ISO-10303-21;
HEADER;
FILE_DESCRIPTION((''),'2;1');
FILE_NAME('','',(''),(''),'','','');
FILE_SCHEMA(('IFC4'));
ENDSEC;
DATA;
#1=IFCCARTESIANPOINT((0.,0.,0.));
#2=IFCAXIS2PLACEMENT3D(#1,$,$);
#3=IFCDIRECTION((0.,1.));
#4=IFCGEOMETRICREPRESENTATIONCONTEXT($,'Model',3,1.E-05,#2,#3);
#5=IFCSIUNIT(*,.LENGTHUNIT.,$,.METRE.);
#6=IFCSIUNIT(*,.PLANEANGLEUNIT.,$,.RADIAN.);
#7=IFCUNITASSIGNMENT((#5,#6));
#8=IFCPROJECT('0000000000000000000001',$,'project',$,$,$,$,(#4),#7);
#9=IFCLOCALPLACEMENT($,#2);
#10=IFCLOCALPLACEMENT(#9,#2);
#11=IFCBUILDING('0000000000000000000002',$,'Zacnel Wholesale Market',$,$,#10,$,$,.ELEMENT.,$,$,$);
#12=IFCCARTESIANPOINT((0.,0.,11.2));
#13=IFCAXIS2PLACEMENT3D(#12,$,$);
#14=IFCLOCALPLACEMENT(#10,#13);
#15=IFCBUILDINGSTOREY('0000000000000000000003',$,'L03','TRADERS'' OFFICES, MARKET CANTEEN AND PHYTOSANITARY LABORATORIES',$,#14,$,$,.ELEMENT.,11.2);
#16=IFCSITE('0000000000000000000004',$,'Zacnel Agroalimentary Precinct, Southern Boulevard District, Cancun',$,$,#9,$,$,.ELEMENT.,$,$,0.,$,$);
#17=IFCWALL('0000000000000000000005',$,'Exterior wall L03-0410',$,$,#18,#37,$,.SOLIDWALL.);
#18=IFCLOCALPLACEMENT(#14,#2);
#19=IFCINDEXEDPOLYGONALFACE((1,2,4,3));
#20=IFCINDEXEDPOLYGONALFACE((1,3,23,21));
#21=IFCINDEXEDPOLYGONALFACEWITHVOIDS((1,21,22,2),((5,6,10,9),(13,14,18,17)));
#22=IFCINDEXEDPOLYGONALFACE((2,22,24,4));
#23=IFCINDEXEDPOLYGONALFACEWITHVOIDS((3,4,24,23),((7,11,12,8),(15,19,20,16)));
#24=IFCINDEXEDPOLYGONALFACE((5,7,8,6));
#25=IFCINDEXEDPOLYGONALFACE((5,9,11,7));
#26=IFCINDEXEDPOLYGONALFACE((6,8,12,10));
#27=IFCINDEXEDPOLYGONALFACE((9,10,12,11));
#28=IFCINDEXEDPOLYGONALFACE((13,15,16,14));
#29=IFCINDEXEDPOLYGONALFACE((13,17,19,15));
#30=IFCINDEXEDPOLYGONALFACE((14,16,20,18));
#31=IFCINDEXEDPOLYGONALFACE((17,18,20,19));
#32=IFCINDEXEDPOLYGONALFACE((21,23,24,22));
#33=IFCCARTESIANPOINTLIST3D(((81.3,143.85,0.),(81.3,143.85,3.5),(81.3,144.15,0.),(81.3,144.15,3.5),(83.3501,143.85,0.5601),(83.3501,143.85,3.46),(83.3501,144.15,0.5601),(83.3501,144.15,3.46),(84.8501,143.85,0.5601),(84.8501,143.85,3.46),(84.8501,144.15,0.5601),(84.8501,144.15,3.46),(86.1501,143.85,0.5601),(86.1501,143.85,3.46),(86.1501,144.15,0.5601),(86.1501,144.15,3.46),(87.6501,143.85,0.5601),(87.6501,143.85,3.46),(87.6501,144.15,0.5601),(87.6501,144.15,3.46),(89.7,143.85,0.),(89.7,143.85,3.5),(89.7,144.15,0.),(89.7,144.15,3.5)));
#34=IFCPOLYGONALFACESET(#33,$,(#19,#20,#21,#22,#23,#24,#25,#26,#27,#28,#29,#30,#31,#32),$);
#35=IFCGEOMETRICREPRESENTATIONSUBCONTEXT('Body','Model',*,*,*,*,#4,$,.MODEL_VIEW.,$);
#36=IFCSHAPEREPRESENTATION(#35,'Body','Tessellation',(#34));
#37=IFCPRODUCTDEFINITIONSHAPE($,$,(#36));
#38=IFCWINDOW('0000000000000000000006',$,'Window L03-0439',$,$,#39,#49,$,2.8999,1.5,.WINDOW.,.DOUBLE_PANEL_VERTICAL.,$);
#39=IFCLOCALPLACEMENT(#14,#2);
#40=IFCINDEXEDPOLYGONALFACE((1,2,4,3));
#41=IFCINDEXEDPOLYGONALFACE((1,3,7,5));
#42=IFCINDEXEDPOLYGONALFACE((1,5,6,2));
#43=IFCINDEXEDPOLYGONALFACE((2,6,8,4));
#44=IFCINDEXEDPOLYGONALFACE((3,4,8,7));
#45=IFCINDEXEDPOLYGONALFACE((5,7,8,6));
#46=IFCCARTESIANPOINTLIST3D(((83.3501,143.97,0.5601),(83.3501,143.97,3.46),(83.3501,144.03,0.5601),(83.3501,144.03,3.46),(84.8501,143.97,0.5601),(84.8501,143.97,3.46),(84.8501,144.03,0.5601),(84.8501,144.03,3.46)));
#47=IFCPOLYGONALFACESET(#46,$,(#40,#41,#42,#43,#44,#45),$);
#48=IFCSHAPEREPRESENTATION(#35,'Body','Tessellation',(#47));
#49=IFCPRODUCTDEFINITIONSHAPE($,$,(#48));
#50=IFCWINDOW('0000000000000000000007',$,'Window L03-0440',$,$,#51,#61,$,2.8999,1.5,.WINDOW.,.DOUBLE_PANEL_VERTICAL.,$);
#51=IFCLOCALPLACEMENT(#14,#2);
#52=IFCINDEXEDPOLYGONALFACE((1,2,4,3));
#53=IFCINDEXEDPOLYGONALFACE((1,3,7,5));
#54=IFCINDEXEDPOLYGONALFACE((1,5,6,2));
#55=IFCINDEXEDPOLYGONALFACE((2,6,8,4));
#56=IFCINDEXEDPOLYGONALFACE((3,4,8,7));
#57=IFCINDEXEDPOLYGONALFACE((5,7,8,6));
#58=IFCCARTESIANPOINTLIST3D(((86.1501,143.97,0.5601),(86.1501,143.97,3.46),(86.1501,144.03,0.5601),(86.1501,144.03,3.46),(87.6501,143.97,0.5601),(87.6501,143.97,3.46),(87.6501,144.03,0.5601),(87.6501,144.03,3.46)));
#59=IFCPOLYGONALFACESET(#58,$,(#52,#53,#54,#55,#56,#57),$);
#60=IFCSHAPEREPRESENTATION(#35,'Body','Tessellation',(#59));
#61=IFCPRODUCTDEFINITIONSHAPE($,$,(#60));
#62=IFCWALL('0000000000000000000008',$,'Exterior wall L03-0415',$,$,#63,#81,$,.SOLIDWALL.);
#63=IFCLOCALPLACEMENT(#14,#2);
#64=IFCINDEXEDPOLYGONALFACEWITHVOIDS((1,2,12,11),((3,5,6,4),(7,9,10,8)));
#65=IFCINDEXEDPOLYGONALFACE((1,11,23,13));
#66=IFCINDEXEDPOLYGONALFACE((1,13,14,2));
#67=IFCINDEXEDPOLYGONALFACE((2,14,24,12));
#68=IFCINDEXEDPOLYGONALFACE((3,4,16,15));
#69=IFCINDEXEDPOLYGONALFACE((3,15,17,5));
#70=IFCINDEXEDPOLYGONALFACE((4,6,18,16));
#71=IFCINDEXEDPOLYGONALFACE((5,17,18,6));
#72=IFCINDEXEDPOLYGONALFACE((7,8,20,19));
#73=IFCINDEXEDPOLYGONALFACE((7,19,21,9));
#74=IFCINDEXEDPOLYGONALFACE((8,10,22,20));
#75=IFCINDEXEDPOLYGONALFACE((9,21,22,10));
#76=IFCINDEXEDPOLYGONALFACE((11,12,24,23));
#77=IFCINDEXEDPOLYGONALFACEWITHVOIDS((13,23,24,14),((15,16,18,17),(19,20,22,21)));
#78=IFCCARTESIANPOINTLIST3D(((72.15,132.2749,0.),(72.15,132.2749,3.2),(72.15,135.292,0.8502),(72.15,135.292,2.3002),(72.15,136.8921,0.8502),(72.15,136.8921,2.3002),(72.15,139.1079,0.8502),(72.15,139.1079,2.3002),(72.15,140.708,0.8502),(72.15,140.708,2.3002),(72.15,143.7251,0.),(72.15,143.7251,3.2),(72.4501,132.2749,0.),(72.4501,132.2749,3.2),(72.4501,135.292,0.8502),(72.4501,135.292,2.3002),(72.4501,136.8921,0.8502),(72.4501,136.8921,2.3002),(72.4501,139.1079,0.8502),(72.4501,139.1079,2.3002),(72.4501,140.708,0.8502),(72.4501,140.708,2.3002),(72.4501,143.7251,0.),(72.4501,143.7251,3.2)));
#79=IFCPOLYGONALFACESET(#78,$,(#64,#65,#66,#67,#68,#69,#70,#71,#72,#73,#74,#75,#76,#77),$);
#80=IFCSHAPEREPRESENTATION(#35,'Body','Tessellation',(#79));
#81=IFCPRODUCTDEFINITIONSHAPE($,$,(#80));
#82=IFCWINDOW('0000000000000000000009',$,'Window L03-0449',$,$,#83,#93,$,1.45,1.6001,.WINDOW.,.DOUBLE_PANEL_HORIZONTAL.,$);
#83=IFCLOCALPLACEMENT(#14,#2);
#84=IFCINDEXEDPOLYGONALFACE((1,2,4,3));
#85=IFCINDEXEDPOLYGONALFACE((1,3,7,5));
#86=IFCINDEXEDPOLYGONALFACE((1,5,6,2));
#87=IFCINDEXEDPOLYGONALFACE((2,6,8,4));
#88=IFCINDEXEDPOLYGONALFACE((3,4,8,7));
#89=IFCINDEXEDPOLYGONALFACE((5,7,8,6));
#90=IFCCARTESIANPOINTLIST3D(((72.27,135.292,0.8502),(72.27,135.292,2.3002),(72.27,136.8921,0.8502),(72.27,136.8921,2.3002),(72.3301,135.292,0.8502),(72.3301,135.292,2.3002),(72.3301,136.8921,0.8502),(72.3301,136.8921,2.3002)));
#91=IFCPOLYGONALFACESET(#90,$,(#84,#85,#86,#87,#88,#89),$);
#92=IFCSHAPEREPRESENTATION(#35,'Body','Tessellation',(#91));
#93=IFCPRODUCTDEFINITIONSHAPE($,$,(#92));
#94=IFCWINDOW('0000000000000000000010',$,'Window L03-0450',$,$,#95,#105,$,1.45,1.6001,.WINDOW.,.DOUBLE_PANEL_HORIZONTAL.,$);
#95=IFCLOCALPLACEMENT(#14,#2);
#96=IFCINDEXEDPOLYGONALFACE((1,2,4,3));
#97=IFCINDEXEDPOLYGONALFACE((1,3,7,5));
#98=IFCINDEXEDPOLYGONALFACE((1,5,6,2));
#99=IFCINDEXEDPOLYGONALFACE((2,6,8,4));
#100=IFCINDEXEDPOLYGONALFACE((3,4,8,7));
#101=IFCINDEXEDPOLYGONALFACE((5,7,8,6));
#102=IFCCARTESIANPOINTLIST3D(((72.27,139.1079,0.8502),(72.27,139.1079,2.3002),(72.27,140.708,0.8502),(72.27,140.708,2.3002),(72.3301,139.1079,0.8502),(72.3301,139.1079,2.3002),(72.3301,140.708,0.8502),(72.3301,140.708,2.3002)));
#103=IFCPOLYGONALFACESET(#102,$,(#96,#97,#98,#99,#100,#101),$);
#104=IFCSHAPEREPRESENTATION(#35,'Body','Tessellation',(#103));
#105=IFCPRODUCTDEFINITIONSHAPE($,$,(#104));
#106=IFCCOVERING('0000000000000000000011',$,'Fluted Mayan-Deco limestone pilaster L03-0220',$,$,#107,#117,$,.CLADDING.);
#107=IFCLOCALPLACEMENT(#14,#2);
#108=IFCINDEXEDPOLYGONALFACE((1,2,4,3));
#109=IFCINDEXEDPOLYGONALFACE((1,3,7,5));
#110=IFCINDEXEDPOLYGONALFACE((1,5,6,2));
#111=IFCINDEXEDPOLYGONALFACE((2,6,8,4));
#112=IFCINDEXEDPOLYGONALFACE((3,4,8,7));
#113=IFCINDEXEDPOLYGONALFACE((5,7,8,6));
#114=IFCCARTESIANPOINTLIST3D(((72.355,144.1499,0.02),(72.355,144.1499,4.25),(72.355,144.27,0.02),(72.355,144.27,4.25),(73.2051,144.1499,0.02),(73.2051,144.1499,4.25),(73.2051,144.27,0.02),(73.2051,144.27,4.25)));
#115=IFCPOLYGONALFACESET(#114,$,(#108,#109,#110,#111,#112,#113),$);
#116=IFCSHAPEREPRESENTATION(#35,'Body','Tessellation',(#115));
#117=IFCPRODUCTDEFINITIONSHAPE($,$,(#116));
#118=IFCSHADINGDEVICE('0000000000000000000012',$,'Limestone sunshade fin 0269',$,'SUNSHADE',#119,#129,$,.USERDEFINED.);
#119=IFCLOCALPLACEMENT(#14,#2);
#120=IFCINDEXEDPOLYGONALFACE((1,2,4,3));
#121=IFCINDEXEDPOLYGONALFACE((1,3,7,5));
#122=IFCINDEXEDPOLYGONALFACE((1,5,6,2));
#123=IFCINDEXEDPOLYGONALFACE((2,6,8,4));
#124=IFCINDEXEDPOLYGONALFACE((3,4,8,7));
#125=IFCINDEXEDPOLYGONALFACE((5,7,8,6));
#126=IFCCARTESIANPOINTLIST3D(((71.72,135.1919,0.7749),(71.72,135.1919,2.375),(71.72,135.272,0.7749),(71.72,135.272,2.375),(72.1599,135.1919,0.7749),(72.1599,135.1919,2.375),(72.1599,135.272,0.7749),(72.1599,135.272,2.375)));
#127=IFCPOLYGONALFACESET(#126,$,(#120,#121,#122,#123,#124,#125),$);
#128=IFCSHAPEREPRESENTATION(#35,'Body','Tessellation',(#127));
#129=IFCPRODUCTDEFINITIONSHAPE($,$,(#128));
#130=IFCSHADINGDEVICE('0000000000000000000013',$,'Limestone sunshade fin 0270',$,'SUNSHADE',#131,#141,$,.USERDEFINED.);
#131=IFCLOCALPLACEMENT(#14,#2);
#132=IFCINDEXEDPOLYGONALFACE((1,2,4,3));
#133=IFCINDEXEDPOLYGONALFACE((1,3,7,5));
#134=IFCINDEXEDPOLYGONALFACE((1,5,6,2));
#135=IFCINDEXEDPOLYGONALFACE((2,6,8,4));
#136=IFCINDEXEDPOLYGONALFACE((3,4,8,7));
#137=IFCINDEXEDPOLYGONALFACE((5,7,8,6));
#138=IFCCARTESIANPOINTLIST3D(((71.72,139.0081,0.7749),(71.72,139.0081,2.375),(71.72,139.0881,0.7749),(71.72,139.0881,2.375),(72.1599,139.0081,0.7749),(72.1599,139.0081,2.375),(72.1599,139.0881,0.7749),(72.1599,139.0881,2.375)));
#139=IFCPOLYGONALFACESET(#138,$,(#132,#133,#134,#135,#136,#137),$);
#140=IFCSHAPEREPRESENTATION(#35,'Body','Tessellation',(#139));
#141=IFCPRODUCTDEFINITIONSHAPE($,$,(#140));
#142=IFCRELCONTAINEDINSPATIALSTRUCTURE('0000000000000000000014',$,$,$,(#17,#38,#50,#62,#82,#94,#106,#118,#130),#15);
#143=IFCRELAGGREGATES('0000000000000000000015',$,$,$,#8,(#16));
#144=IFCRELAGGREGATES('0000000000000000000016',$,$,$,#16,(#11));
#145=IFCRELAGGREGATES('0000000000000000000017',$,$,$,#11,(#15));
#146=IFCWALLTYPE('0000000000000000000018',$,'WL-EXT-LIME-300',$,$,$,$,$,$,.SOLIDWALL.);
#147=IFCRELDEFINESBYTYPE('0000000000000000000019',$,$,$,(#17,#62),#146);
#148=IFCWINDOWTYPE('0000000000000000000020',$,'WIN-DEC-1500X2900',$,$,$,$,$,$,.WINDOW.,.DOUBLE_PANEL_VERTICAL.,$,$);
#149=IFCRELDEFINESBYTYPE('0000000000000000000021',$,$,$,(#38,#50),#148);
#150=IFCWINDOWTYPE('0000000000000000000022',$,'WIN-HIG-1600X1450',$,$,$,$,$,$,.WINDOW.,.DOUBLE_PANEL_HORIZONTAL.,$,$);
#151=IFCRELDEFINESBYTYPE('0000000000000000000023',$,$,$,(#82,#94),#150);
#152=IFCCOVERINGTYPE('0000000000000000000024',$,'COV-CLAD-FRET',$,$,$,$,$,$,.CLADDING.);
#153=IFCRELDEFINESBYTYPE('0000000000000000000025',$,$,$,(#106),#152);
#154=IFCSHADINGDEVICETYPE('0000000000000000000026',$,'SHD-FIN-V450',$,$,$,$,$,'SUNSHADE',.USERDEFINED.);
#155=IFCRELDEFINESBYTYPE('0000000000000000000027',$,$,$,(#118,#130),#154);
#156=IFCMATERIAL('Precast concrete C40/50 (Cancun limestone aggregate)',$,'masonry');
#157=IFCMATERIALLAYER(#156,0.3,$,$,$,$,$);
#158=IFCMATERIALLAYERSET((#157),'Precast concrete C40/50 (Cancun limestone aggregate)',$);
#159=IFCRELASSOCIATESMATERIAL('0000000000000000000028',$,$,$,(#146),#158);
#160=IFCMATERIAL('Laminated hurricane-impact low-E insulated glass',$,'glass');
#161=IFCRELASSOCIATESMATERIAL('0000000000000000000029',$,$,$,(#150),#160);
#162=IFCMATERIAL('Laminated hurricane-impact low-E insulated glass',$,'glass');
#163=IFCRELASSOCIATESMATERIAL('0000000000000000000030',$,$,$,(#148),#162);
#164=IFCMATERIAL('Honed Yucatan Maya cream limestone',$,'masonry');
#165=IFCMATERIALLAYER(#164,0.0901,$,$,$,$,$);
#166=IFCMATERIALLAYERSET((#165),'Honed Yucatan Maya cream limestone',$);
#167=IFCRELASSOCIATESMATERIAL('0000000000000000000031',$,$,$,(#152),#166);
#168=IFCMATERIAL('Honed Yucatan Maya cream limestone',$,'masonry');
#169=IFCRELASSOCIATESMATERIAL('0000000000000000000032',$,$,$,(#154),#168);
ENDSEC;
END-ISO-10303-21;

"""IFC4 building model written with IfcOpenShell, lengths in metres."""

from ifc_helpers import new_model, si_unit, direction, frame, frame_2d, origin, origin_2d, place, context, subcontext, project, spatial, rectangle, extrude, material, layer, layer_set, type_object, element, fill, save


model = new_model("IFC4")

# Units and contexts
model_context = context("Model", 3, precision=1e-05, world=origin(), true_north=direction((0.0, 1.0)))
body_context = subcontext(model_context, "Body", "Model", "MODEL_VIEW")
ifc_project = project(units=[si_unit("LENGTHUNIT", "METRE"), si_unit("PLANEANGLEUNIT", "RADIAN")], contexts=[model_context])

# Site, building, storey
site_placement = place(None, origin())
site = spatial("IfcSite", under=ifc_project, at=site_placement, Name="Zacnel Agroalimentary Precinct, Southern Boulevard District, Cancun", CompositionType="ELEMENT", RefElevation=0.0)
building_placement = place(site_placement, origin())
building = spatial("IfcBuilding", under=site, at=building_placement, Name="Zacnel Wholesale Market", CompositionType="ELEMENT")
storey_placement = place(building_placement, frame((0.0, 0.0, 11.2)))
storey = spatial("IfcBuildingStorey", under=building, at=storey_placement, Name="L03", Description="TRADERS' OFFICES, MARKET CANTEEN AND PHYTOSANITARY LABORATORIES", CompositionType="ELEMENT", Elevation=11.2)

# Walls, openings, windows
ifc_material_1 = material(Name="Precast concrete C40/50 (Cancun limestone aggregate)", Category="masonry")
ifc_layer_1 = layer(ifc_material_1, 0.3)
ifc_layer_set_1 = layer_set([ifc_layer_1], Name="Precast concrete C40/50 (Cancun limestone aggregate)")
wall_type = type_object("IfcWallType", Name="WL-EXT-LIME-300", PredefinedType="SOLIDWALL", material=ifc_layer_set_1)
ifc_material_2 = material(Name="Laminated hurricane-impact low-E insulated glass", Category="glass")
window_type_1 = type_object("IfcWindowType", Name="WIN-HIG-1600X1450", PartitioningType="DOUBLE_PANEL_HORIZONTAL", PredefinedType="WINDOW", material=ifc_material_2)
ifc_material_3 = material(Name="Laminated hurricane-impact low-E insulated glass", Category="glass")
window_type_2 = type_object("IfcWindowType", Name="WIN-DEC-1500X2900", PartitioningType="DOUBLE_PANEL_VERTICAL", PredefinedType="WINDOW", material=ifc_material_3)
wall_1_placement = place(storey_placement, frame((81.3, 144.0, 0.0), z_axis=(0.0, 0.0, 1.0), x_axis=(1.0, 0.0, 0.0)))
wall_1 = element("IfcWall", 1, at=wall_1_placement, inside=storey, type_object=wall_type, Name="Exterior wall L03-0410", PredefinedType="SOLIDWALL", context=body_context, shape_type="SweptSolid", body=[
    extrude(rectangle(XDim=8.3999, YDim=0.3, at=frame_2d((4.2, 0.0))), origin(), (0.0, 0.0, 1.0), 3.5),
])
opening_1_placement = place(wall_1_placement, frame((2.05, 0.0, 0.5601)))
opening_1 = element("IfcOpeningElement", 2, at=opening_1_placement, cuts=wall_1, PredefinedType="OPENING", context=body_context, shape_type="SweptSolid", body=[
    extrude(rectangle(XDim=1.5, YDim=2.8999, at=frame_2d((0.75, 1.45))), frame((0.0, 0.1599, 0.0), z_axis=(0.0, -1.0, 0.0), x_axis=(1.0, 0.0, 0.0)), (0.0, 0.0, 1.0), 0.3201),
])
opening_2_placement = place(wall_1_placement, frame((4.8501, 0.0, 0.5601)))
opening_2 = element("IfcOpeningElement", 3, at=opening_2_placement, cuts=wall_1, PredefinedType="OPENING", context=body_context, shape_type="SweptSolid", body=[
    extrude(rectangle(XDim=1.5, YDim=2.8999, at=frame_2d((0.75, 1.45))), frame((0.0, 0.1599, 0.0), z_axis=(0.0, -1.0, 0.0), x_axis=(1.0, 0.0, 0.0)), (0.0, 0.0, 1.0), 0.3201),
])
window_1_placement = place(opening_1_placement, origin())
window_1 = element("IfcWindow", 4, at=window_1_placement, inside=storey, type_object=window_type_2, Name="Window L03-0439", OverallHeight=2.8999, OverallWidth=1.5, PartitioningType="DOUBLE_PANEL_VERTICAL", PredefinedType="WINDOW", context=body_context, shape_type="SweptSolid", body=[
    extrude(rectangle(XDim=1.5, YDim=2.8999, at=frame_2d((0.75, 1.45))), frame((0.0, 0.03, 0.0), z_axis=(0.0, -1.0, 0.0), x_axis=(1.0, 0.0, 0.0)), (0.0, 0.0, 1.0), 0.0601),
])
fill(opening_1, window_1)
window_2_placement = place(opening_2_placement, origin())
window_2 = element("IfcWindow", 5, at=window_2_placement, inside=storey, type_object=window_type_2, Name="Window L03-0440", OverallHeight=2.8999, OverallWidth=1.5, PartitioningType="DOUBLE_PANEL_VERTICAL", PredefinedType="WINDOW", context=body_context, shape_type="SweptSolid", body=[
    extrude(rectangle(XDim=1.5, YDim=2.8999, at=frame_2d((0.75, 1.45))), frame((0.0, 0.03, 0.0), z_axis=(0.0, -1.0, 0.0), x_axis=(1.0, 0.0, 0.0)), (0.0, 0.0, 1.0), 0.0601),
])
fill(opening_2, window_2)
wall_2_placement = place(storey_placement, frame((72.3, 132.2749, 0.0), z_axis=(0.0, 0.0, 1.0), x_axis=(0.0, 1.0, 0.0)))
wall_2 = element("IfcWall", 6, at=wall_2_placement, inside=storey, type_object=wall_type, Name="Exterior wall L03-0415", PredefinedType="SOLIDWALL", context=body_context, shape_type="SweptSolid", body=[
    extrude(rectangle(XDim=11.4502, YDim=0.3, at=frame_2d((5.7251, 0.0))), origin(), (0.0, 0.0, 1.0), 3.2),
])
opening_3_placement = place(wall_2_placement, frame((3.0171, 0.0, 0.8501)))
opening_3 = element("IfcOpeningElement", 7, at=opening_3_placement, cuts=wall_2, PredefinedType="OPENING", context=body_context, shape_type="SweptSolid", body=[
    extrude(rectangle(XDim=1.6001, YDim=1.45, at=frame_2d((0.8, 0.7251))), frame((0.0, 0.1599, 0.0), z_axis=(0.0, -1.0, 0.0), x_axis=(1.0, 0.0, 0.0)), (0.0, 0.0, 1.0), 0.3201),
])
opening_4_placement = place(wall_2_placement, frame((6.833, 0.0, 0.8501)))
opening_4 = element("IfcOpeningElement", 8, at=opening_4_placement, cuts=wall_2, PredefinedType="OPENING", context=body_context, shape_type="SweptSolid", body=[
    extrude(rectangle(XDim=1.6001, YDim=1.45, at=frame_2d((0.8, 0.7251))), frame((0.0, 0.1599, 0.0), z_axis=(0.0, -1.0, 0.0), x_axis=(1.0, 0.0, 0.0)), (0.0, 0.0, 1.0), 0.3201),
])
window_3_placement = place(opening_3_placement, origin())
window_3 = element("IfcWindow", 9, at=window_3_placement, inside=storey, type_object=window_type_1, Name="Window L03-0449", OverallHeight=1.45, OverallWidth=1.6001, PartitioningType="DOUBLE_PANEL_HORIZONTAL", PredefinedType="WINDOW", context=body_context, shape_type="SweptSolid", body=[
    extrude(rectangle(XDim=1.6001, YDim=1.45, at=frame_2d((0.8, 0.7251))), frame((0.0, 0.03, 0.0), z_axis=(0.0, -1.0, 0.0), x_axis=(1.0, 0.0, 0.0)), (0.0, 0.0, 1.0), 0.0601),
])
fill(opening_3, window_3)
window_4_placement = place(opening_4_placement, origin())
window_4 = element("IfcWindow", 10, at=window_4_placement, inside=storey, type_object=window_type_1, Name="Window L03-0450", OverallHeight=1.45, OverallWidth=1.6001, PartitioningType="DOUBLE_PANEL_HORIZONTAL", PredefinedType="WINDOW", context=body_context, shape_type="SweptSolid", body=[
    extrude(rectangle(XDim=1.6001, YDim=1.45, at=frame_2d((0.8, 0.7251))), frame((0.0, 0.03, 0.0), z_axis=(0.0, -1.0, 0.0), x_axis=(1.0, 0.0, 0.0)), (0.0, 0.0, 1.0), 0.0601),
])
fill(opening_4, window_4)

# Covering
ifc_material_4 = material(Name="Honed Yucatan Maya cream limestone", Category="masonry")
ifc_layer_2 = layer(ifc_material_4, 0.0901)
ifc_layer_set_2 = layer_set([ifc_layer_2], Name="Honed Yucatan Maya cream limestone")
covering_type = type_object("IfcCoveringType", Name="COV-CLAD-FRET", PredefinedType="CLADDING", material=ifc_layer_set_2)
covering_placement = place(storey_placement, frame((72.78, 144.21, 0.02), z_axis=(0.0, 0.0, 1.0), x_axis=(1.0, 0.0, 0.0)))
element("IfcCovering", 11, at=covering_placement, inside=storey, type_object=covering_type, Name="Fluted Mayan-Deco limestone pilaster L03-0220", PredefinedType="CLADDING", context=body_context, shape_type="SweptSolid", body=[
    extrude(rectangle(XDim=0.8501, YDim=0.1201, at=origin_2d()), origin(), (0.0, 0.0, 1.0), 4.23),
])

# Shading devices
ifc_material_5 = material(Name="Honed Yucatan Maya cream limestone", Category="masonry")
shading_device_type = type_object("IfcShadingDeviceType", Name="SHD-FIN-V450", ElementType="SUNSHADE", PredefinedType="USERDEFINED", material=ifc_material_5)
for number, where, z_axis, x_axis, name in (
    (12, (71.9399, 135.2319, 0.7749), (0.0, 0.0, 1.0), (0.0, 1.0, 0.0), "Limestone sunshade fin 0269"),
    (13, (71.9399, 139.0481, 0.7749), (0.0, 0.0, 1.0), (0.0, 1.0, 0.0), "Limestone sunshade fin 0270"),
):
    element("IfcShadingDevice", number, at=place(storey_placement, frame(where, z_axis=z_axis, x_axis=x_axis)), inside=storey, type_object=shading_device_type, Name=name, ObjectType="SUNSHADE", PredefinedType="USERDEFINED", context=body_context, shape_type="SweptSolid", body=[
        extrude(rectangle(XDim=0.0801, YDim=0.4399, at=origin_2d()), origin(), (0.0, 0.0, 1.0), 1.6001),
    ])

save(model, "model.ifc")
